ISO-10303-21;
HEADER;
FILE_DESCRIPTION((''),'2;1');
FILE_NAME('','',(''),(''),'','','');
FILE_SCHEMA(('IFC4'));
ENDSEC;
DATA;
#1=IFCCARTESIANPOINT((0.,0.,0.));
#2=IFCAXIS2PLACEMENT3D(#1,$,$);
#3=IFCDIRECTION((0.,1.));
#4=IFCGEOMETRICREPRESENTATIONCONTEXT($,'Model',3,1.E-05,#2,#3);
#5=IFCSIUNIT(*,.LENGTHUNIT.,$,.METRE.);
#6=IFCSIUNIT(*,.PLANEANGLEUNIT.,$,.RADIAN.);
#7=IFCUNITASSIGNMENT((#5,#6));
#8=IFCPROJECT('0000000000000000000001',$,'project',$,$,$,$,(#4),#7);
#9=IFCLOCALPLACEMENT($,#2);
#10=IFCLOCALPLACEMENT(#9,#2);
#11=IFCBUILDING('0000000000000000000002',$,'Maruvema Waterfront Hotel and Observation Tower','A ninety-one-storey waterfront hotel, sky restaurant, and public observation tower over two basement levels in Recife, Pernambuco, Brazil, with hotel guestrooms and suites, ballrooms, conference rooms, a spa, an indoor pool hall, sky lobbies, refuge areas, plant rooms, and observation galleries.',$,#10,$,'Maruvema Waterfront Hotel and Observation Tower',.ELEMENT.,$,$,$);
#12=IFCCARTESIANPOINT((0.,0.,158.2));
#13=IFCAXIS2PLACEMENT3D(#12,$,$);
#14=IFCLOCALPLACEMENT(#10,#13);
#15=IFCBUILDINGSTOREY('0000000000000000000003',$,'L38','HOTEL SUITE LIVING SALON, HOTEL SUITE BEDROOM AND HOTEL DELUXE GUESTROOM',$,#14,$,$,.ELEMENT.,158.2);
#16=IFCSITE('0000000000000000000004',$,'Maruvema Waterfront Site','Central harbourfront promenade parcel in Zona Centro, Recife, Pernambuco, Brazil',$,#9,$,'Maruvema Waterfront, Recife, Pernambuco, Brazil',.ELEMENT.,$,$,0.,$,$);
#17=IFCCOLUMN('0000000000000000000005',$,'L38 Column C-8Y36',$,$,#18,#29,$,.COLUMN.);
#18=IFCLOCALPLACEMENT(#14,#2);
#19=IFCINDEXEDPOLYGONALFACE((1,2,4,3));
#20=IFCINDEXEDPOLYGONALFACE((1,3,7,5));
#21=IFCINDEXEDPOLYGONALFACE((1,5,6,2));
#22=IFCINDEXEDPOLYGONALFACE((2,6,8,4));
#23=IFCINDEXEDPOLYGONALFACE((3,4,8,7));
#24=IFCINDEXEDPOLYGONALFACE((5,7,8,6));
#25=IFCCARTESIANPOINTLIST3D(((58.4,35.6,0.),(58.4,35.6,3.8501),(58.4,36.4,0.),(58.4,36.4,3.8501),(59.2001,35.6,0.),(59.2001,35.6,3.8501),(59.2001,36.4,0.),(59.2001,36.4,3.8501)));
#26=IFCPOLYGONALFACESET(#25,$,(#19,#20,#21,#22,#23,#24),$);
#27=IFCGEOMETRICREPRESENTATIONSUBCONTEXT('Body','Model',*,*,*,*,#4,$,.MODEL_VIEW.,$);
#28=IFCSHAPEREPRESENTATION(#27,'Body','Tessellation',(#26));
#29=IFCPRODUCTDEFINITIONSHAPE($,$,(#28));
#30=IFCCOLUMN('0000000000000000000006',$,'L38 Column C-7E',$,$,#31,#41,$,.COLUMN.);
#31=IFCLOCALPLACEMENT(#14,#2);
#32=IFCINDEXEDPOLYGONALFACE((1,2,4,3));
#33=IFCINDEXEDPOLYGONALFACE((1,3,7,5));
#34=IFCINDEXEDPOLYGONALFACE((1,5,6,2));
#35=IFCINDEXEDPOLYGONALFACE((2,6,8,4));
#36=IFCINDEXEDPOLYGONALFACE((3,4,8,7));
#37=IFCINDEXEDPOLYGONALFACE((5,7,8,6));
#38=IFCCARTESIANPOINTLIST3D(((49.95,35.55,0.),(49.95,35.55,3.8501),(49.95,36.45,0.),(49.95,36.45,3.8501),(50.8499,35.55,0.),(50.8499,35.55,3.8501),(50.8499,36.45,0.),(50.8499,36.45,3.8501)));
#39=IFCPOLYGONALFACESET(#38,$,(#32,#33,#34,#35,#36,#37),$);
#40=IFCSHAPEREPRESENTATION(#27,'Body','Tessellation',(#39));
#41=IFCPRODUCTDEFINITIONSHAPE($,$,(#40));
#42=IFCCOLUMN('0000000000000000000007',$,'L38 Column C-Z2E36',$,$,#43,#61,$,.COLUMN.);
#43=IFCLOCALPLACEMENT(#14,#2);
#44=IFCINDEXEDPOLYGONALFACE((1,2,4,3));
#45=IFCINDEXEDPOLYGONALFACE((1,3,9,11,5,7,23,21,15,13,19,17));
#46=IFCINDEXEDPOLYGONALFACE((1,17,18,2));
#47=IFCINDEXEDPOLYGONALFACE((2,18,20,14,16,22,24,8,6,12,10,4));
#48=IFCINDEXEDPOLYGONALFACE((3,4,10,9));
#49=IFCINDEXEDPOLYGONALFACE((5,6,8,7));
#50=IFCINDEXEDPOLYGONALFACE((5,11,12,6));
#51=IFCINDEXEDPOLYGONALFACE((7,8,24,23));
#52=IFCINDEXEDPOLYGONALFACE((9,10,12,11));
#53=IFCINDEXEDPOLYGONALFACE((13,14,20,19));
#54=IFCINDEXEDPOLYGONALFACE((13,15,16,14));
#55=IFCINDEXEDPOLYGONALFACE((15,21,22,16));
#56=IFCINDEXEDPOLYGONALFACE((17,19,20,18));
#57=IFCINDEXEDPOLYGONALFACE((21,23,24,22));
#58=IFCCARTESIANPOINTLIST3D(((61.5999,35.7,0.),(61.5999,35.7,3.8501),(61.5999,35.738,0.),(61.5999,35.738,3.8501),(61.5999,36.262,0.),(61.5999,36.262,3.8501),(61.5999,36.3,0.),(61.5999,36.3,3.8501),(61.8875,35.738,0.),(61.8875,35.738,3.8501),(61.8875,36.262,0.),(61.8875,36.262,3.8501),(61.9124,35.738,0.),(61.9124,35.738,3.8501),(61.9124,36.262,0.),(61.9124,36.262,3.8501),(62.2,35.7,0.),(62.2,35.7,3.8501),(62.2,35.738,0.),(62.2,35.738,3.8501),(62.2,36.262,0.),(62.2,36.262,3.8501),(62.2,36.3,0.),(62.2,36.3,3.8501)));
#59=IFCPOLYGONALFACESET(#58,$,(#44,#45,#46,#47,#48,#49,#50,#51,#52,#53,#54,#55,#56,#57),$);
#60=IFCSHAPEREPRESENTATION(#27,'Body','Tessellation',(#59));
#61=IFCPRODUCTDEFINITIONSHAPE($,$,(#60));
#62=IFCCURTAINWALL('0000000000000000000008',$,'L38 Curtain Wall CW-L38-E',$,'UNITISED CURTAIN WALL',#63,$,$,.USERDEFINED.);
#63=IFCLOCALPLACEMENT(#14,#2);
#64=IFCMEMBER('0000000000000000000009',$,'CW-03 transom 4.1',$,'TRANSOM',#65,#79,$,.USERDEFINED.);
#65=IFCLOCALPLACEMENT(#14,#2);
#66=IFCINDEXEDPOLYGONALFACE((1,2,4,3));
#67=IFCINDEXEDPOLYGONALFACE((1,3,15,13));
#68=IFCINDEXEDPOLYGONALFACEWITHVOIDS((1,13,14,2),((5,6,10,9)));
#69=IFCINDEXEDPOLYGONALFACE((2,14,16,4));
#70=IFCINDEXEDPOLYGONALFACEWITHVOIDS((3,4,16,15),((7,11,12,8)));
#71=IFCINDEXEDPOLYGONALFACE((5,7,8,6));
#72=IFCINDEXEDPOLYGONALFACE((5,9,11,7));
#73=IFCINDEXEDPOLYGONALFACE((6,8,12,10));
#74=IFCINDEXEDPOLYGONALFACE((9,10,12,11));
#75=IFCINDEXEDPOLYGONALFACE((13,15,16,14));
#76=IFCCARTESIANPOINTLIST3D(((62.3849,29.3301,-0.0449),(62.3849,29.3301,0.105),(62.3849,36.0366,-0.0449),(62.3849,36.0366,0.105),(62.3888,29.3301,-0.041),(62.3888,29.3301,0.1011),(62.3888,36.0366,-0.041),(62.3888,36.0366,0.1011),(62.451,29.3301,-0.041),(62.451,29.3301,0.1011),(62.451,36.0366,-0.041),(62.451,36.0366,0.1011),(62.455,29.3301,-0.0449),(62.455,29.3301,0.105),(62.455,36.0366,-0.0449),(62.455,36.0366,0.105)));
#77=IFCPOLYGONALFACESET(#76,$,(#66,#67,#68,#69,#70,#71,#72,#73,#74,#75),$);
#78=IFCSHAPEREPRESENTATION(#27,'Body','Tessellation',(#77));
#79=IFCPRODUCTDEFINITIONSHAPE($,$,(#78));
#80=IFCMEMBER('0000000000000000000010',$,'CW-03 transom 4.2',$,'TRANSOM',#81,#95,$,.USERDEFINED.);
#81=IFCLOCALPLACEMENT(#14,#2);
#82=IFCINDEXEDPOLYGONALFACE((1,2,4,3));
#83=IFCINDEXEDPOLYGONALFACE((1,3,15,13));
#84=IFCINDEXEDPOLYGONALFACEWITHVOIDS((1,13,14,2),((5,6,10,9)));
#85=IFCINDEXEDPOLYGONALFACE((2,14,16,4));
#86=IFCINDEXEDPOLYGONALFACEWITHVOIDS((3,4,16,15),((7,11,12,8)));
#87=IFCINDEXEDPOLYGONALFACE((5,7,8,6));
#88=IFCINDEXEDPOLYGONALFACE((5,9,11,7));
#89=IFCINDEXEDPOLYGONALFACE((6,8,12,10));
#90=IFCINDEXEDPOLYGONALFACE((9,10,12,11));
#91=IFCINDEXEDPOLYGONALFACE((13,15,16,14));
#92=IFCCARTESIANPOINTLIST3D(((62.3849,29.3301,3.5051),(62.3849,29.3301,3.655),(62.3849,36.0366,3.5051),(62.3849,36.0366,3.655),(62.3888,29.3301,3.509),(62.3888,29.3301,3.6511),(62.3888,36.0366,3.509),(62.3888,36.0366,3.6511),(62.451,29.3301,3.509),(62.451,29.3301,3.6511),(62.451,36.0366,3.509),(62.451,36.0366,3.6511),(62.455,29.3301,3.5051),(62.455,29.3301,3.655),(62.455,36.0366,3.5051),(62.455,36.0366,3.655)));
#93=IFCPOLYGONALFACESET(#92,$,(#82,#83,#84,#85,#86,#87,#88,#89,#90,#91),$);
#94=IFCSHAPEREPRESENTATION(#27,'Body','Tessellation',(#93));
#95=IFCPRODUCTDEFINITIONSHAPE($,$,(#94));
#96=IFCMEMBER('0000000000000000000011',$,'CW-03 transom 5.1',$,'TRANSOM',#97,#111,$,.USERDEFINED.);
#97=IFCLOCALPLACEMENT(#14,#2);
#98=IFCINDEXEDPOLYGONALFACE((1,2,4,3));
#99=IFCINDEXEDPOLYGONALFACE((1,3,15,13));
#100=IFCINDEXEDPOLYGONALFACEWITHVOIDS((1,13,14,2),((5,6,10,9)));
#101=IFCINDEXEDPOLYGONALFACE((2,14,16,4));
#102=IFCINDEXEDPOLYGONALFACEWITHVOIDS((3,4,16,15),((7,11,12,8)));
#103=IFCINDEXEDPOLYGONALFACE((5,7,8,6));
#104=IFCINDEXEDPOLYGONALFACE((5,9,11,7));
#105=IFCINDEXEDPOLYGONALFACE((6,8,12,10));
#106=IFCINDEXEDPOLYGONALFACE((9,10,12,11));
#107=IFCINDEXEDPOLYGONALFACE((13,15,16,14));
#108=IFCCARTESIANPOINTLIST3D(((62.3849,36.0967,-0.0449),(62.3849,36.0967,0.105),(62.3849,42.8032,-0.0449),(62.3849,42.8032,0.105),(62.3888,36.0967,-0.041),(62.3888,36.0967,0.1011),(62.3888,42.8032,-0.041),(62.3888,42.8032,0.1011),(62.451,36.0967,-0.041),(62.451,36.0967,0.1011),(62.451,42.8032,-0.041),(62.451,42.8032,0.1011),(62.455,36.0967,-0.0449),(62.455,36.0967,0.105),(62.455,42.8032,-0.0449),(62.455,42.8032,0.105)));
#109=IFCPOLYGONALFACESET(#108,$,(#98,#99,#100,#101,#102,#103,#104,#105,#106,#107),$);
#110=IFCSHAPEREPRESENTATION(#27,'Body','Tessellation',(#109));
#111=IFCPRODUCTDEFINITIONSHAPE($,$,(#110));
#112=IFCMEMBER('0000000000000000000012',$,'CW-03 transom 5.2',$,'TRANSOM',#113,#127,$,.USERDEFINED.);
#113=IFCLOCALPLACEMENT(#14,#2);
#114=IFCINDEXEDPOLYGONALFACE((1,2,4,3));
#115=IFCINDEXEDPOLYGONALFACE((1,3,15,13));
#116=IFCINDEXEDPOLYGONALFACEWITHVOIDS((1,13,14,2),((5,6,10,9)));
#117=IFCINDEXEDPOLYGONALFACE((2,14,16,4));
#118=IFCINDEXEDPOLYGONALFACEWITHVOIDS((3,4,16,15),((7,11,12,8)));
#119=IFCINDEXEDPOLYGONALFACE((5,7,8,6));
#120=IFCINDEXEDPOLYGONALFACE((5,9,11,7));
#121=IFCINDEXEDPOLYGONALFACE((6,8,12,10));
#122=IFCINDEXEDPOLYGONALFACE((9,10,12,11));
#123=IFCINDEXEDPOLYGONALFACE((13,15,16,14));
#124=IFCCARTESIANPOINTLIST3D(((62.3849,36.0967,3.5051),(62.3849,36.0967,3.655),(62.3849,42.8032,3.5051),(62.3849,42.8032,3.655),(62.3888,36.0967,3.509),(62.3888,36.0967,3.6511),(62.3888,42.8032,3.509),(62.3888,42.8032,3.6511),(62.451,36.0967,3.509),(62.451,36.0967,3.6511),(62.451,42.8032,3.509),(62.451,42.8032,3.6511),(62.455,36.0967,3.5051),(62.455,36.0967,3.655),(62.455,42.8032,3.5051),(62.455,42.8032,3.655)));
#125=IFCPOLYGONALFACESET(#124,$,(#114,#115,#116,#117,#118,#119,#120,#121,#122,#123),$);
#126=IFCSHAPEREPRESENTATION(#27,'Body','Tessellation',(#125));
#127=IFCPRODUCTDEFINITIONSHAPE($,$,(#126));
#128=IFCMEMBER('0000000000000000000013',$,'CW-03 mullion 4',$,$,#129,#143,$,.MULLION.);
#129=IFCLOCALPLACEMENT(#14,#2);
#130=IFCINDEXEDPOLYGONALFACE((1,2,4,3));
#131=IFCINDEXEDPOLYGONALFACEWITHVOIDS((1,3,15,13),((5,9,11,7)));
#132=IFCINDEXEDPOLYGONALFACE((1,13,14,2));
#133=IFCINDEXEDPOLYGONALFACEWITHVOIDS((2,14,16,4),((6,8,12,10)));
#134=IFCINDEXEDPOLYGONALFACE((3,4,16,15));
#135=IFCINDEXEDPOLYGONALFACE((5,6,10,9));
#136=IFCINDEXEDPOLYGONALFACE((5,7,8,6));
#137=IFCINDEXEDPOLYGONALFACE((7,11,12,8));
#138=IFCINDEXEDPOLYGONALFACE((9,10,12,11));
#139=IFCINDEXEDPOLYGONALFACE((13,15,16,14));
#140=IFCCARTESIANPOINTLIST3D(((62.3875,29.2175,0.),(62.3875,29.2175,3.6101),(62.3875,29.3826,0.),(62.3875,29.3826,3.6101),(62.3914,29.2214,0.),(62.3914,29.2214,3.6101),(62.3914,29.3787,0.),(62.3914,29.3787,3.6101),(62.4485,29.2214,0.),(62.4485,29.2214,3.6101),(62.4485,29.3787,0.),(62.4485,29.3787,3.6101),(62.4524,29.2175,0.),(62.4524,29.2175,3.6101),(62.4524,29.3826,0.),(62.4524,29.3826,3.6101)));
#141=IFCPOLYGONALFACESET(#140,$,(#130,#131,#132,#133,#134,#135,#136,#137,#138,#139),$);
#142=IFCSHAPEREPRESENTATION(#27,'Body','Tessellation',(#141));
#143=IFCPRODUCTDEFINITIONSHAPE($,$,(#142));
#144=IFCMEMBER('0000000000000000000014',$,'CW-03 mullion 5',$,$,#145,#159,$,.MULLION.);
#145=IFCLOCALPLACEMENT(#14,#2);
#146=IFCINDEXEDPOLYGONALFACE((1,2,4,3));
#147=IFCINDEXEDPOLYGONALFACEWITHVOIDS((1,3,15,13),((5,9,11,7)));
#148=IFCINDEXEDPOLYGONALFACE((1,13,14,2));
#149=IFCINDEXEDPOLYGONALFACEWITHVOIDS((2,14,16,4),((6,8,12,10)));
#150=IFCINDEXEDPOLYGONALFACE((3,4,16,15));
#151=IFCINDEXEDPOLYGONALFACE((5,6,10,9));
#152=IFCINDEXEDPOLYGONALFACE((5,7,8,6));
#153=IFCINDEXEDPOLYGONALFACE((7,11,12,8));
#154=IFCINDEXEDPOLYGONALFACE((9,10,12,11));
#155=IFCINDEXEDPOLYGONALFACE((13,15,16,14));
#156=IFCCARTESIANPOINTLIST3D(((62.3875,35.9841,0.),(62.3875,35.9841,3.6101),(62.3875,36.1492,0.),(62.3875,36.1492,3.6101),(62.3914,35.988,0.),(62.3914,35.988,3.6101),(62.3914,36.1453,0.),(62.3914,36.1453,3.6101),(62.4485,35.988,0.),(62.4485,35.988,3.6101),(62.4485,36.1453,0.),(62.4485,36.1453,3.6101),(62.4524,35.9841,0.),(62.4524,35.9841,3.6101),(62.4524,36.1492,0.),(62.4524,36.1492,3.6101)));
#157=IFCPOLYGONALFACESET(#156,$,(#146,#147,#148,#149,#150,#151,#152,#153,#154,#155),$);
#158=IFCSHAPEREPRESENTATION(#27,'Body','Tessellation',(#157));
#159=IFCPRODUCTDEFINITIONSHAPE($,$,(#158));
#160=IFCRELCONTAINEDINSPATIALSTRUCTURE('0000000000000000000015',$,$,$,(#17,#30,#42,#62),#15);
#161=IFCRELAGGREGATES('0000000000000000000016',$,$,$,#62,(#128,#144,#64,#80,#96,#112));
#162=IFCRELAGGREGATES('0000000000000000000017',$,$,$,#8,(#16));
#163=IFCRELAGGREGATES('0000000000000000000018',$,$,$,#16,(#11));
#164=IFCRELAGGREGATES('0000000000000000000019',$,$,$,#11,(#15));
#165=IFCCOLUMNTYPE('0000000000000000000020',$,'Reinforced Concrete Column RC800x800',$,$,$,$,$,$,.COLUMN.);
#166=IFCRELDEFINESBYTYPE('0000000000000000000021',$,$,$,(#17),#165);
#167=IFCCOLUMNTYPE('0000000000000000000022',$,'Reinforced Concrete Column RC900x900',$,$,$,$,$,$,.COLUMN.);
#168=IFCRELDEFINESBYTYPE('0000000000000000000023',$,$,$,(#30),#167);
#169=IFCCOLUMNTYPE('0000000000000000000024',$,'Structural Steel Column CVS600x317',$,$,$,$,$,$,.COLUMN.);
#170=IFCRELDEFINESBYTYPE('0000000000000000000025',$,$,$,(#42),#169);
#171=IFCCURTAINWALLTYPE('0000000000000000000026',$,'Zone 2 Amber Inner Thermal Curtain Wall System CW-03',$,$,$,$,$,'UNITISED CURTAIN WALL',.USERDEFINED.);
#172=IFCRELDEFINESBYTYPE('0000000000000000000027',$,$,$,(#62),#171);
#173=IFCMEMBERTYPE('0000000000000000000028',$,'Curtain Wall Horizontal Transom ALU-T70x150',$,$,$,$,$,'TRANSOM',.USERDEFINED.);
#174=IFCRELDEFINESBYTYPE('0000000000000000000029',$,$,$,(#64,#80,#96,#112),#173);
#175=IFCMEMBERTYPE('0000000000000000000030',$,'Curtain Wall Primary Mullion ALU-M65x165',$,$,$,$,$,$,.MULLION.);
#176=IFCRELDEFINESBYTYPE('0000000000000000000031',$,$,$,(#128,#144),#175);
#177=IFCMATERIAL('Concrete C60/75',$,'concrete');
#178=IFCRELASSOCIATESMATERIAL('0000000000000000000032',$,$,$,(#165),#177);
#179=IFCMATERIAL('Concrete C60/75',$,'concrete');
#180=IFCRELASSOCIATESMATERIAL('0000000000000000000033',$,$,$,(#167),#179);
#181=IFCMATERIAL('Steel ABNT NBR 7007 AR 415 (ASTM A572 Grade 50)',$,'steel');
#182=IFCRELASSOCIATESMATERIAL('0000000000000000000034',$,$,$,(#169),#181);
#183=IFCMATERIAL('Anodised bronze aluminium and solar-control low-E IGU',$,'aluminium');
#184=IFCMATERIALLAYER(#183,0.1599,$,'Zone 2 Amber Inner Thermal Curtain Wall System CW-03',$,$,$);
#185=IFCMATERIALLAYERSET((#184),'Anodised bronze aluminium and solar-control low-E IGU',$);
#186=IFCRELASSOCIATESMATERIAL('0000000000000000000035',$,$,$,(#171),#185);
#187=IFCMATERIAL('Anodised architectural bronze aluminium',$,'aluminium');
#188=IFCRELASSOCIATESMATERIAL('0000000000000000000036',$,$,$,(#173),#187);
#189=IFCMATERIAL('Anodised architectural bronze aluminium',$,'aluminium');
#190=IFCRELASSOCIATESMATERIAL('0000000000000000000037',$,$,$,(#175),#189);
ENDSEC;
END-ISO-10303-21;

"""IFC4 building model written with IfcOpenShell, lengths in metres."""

from ifc_helpers import new_model, si_unit, direction, frame, origin, origin_2d, place, context, subcontext, project, spatial, rectangle, hollow_rectangle, i_section, extrude, material, layer, layer_set, material_profile, profile_set, type_object, element, aggregate, save


model = new_model("IFC4")

# Units and contexts
model_context = context("Model", 3, precision=1e-05, world=origin(), true_north=direction((0.0, 1.0)))
body_context = subcontext(model_context, "Body", "Model", "MODEL_VIEW")
ifc_project = project(units=[si_unit("LENGTHUNIT", "METRE"), si_unit("PLANEANGLEUNIT", "RADIAN")], contexts=[model_context])

# Site, building, storey
site_placement = place(None, origin())
site = spatial("IfcSite", under=ifc_project, at=site_placement, Name="Maruvema Waterfront Site", Description="Central harbourfront promenade parcel in Zona Centro, Recife, Pernambuco, Brazil", LongName="Maruvema Waterfront, Recife, Pernambuco, Brazil", CompositionType="ELEMENT", RefElevation=0.0)
building_placement = place(site_placement, origin())
building = spatial("IfcBuilding", under=site, at=building_placement, Name="Maruvema Waterfront Hotel and Observation Tower", Description="A ninety-one-storey waterfront hotel, sky restaurant, and public observation tower over two basement levels in Recife, Pernambuco, Brazil, with hotel guestrooms and suites, ballrooms, conference rooms, a spa, an indoor pool hall, sky lobbies, refuge areas, plant rooms, and observation galleries.", LongName="Maruvema Waterfront Hotel and Observation Tower", CompositionType="ELEMENT")
storey_placement = place(building_placement, frame((0.0, 0.0, 158.2)))
storey = spatial("IfcBuildingStorey", under=building, at=storey_placement, Name="L38", Description="HOTEL SUITE LIVING SALON, HOTEL SUITE BEDROOM AND HOTEL DELUXE GUESTROOM", CompositionType="ELEMENT", Elevation=158.2)

# Columns
ifc_material_1 = material(Name="Concrete C60/75", Category="concrete")
ifc_material_profile_1 = material_profile(ifc_material_1, rectangle(XDim=0.8, YDim=0.8, at=origin_2d()), Name="RC800x800")
ifc_profile_set_1 = profile_set([ifc_material_profile_1], Name="Concrete C60/75")
column_type_1 = type_object("IfcColumnType", Name="Reinforced Concrete Column RC800x800", PredefinedType="COLUMN", material=ifc_profile_set_1)
column_1_placement = place(storey_placement, frame((58.8, 36.0, 0.0), z_axis=(0.0, 0.0, 1.0), x_axis=(1.0, 0.0, 0.0)))
element("IfcColumn", 1, at=column_1_placement, inside=storey, type_object=column_type_1, Name="L38 Column C-8Y36", PredefinedType="COLUMN", context=body_context, shape_type="SweptSolid", body=[
    extrude(rectangle(XDim=0.8, YDim=0.8, at=origin_2d()), origin(), (0.0, 0.0, 1.0), 3.8501),
])
ifc_material_2 = material(Name="Concrete C60/75", Category="concrete")
ifc_material_profile_2 = material_profile(ifc_material_2, rectangle(XDim=0.8999, YDim=0.8999, at=origin_2d()), Name="RC900x900")
ifc_profile_set_2 = profile_set([ifc_material_profile_2], Name="Concrete C60/75")
column_type_2 = type_object("IfcColumnType", Name="Reinforced Concrete Column RC900x900", PredefinedType="COLUMN", material=ifc_profile_set_2)
column_2_placement = place(storey_placement, frame((50.3999, 36.0, 0.0), z_axis=(0.0, 0.0, 1.0), x_axis=(1.0, 0.0, 0.0)))
element("IfcColumn", 2, at=column_2_placement, inside=storey, type_object=column_type_2, Name="L38 Column C-7E", PredefinedType="COLUMN", context=body_context, shape_type="SweptSolid", body=[
    extrude(rectangle(XDim=0.8999, YDim=0.8999, at=origin_2d()), origin(), (0.0, 0.0, 1.0), 3.8501),
])
ifc_material_3 = material(Name="Steel ABNT NBR 7007 AR 415 (ASTM A572 Grade 50)", Category="steel")
ifc_material_profile_3 = material_profile(ifc_material_3, i_section(OverallWidth=0.6001, OverallDepth=0.6001, WebThickness=0.0249, FlangeThickness=0.0381, at=origin_2d()), Name="CVS600x317")
ifc_profile_set_3 = profile_set([ifc_material_profile_3], Name="Steel ABNT NBR 7007 AR 415 (ASTM A572 Grade 50)")
column_type_3 = type_object("IfcColumnType", Name="Structural Steel Column CVS600x317", PredefinedType="COLUMN", material=ifc_profile_set_3)
column_3_placement = place(storey_placement, frame((61.8999, 36.0, 0.0), z_axis=(0.0, 0.0, 1.0), x_axis=(1.0, 0.0, 0.0)))
element("IfcColumn", 3, at=column_3_placement, inside=storey, type_object=column_type_3, Name="L38 Column C-Z2E36", PredefinedType="COLUMN", context=body_context, shape_type="SweptSolid", body=[
    extrude(i_section(OverallWidth=0.6001, OverallDepth=0.6001, WebThickness=0.0249, FlangeThickness=0.0381, at=origin_2d()), origin(), (0.0, 0.0, 1.0), 3.8501),
])

# Curtain wall, members
ifc_material_4 = material(Name="Anodised bronze aluminium and solar-control low-E IGU", Category="aluminium")
ifc_layer_1 = layer(ifc_material_4, 0.1599, Name="Zone 2 Amber Inner Thermal Curtain Wall System CW-03")
ifc_layer_set_1 = layer_set([ifc_layer_1], Name="Anodised bronze aluminium and solar-control low-E IGU")
curtain_wall_type = type_object("IfcCurtainWallType", Name="Zone 2 Amber Inner Thermal Curtain Wall System CW-03", ElementType="UNITISED CURTAIN WALL", PredefinedType="USERDEFINED", material=ifc_layer_set_1)
curtain_wall_placement = place(storey_placement, origin())
curtain_wall = element("IfcCurtainWall", 4, at=curtain_wall_placement, inside=storey, type_object=curtain_wall_type, Name="L38 Curtain Wall CW-L38-E", ObjectType="UNITISED CURTAIN WALL", PredefinedType="USERDEFINED")
ifc_material_5 = material(Name="Anodised architectural bronze aluminium", Category="aluminium")
ifc_material_profile_4 = material_profile(ifc_material_5, hollow_rectangle(XDim=0.0701, YDim=0.1499, WallThickness=0.0039, at=origin_2d()), Name="ALU-T70x150")
ifc_profile_set_4 = profile_set([ifc_material_profile_4], Name="Anodised architectural bronze aluminium")
member_type_1 = type_object("IfcMemberType", Name="Curtain Wall Horizontal Transom ALU-T70x150", ElementType="TRANSOM", PredefinedType="USERDEFINED", material=ifc_profile_set_4)
member_1_placement = place(storey_placement, frame((62.4199, 29.3301, 0.03), z_axis=(0.0, 1.0, 0.0), x_axis=(-1.0, 0.0, 0.0)))
member_1 = element("IfcMember", 5, at=member_1_placement, type_object=member_type_1, Name="CW-03 transom 4.1", ObjectType="TRANSOM", PredefinedType="USERDEFINED", context=body_context, shape_type="SweptSolid", body=[
    extrude(hollow_rectangle(XDim=0.0701, YDim=0.1499, WallThickness=0.0039, at=origin_2d()), origin(), (0.0, 0.0, 1.0), 6.7065),
])
member_2_placement = place(storey_placement, frame((62.4199, 29.3301, 3.5801), z_axis=(0.0, 1.0, 0.0), x_axis=(-1.0, 0.0, 0.0)))
member_2 = element("IfcMember", 6, at=member_2_placement, type_object=member_type_1, Name="CW-03 transom 4.2", ObjectType="TRANSOM", PredefinedType="USERDEFINED", context=body_context, shape_type="SweptSolid", body=[
    extrude(hollow_rectangle(XDim=0.0701, YDim=0.1499, WallThickness=0.0039, at=origin_2d()), origin(), (0.0, 0.0, 1.0), 6.7065),
])
member_3_placement = place(storey_placement, frame((62.4199, 36.0967, 0.03), z_axis=(0.0, 1.0, 0.0), x_axis=(-1.0, 0.0, 0.0)))
member_3 = element("IfcMember", 7, at=member_3_placement, type_object=member_type_1, Name="CW-03 transom 5.1", ObjectType="TRANSOM", PredefinedType="USERDEFINED", context=body_context, shape_type="SweptSolid", body=[
    extrude(hollow_rectangle(XDim=0.0701, YDim=0.1499, WallThickness=0.0039, at=origin_2d()), origin(), (0.0, 0.0, 1.0), 6.7065),
])
member_4_placement = place(storey_placement, frame((62.4199, 36.0967, 3.5801), z_axis=(0.0, 1.0, 0.0), x_axis=(-1.0, 0.0, 0.0)))
member_4 = element("IfcMember", 8, at=member_4_placement, type_object=member_type_1, Name="CW-03 transom 5.2", ObjectType="TRANSOM", PredefinedType="USERDEFINED", context=body_context, shape_type="SweptSolid", body=[
    extrude(hollow_rectangle(XDim=0.0701, YDim=0.1499, WallThickness=0.0039, at=origin_2d()), origin(), (0.0, 0.0, 1.0), 6.7065),
])
ifc_material_6 = material(Name="Anodised architectural bronze aluminium", Category="aluminium")
ifc_material_profile_5 = material_profile(ifc_material_6, hollow_rectangle(XDim=0.0649, YDim=0.165, WallThickness=0.0039, at=origin_2d()), Name="ALU-M65x165")
ifc_profile_set_5 = profile_set([ifc_material_profile_5], Name="Anodised architectural bronze aluminium")
member_type_2 = type_object("IfcMemberType", Name="Curtain Wall Primary Mullion ALU-M65x165", PredefinedType="MULLION", material=ifc_profile_set_5)
member_5_placement = place(storey_placement, frame((62.4199, 29.3, 0.0), z_axis=(0.0, 0.0, 1.0), x_axis=(-1.0, 0.0, 0.0)))
member_5 = element("IfcMember", 9, at=member_5_placement, type_object=member_type_2, Name="CW-03 mullion 4", PredefinedType="MULLION", context=body_context, shape_type="SweptSolid", body=[
    extrude(hollow_rectangle(XDim=0.0649, YDim=0.165, WallThickness=0.0039, at=origin_2d()), origin(), (0.0, 0.0, 1.0), 3.6101),
])
member_6_placement = place(storey_placement, frame((62.4199, 36.0667, 0.0), z_axis=(0.0, 0.0, 1.0), x_axis=(-1.0, 0.0, 0.0)))
member_6 = element("IfcMember", 10, at=member_6_placement, type_object=member_type_2, Name="CW-03 mullion 5", PredefinedType="MULLION", context=body_context, shape_type="SweptSolid", body=[
    extrude(hollow_rectangle(XDim=0.0649, YDim=0.165, WallThickness=0.0039, at=origin_2d()), origin(), (0.0, 0.0, 1.0), 3.6101),
])

aggregate(curtain_wall, [member_5, member_6, member_1, member_2, member_3, member_4])

save(model, "model.ifc")
